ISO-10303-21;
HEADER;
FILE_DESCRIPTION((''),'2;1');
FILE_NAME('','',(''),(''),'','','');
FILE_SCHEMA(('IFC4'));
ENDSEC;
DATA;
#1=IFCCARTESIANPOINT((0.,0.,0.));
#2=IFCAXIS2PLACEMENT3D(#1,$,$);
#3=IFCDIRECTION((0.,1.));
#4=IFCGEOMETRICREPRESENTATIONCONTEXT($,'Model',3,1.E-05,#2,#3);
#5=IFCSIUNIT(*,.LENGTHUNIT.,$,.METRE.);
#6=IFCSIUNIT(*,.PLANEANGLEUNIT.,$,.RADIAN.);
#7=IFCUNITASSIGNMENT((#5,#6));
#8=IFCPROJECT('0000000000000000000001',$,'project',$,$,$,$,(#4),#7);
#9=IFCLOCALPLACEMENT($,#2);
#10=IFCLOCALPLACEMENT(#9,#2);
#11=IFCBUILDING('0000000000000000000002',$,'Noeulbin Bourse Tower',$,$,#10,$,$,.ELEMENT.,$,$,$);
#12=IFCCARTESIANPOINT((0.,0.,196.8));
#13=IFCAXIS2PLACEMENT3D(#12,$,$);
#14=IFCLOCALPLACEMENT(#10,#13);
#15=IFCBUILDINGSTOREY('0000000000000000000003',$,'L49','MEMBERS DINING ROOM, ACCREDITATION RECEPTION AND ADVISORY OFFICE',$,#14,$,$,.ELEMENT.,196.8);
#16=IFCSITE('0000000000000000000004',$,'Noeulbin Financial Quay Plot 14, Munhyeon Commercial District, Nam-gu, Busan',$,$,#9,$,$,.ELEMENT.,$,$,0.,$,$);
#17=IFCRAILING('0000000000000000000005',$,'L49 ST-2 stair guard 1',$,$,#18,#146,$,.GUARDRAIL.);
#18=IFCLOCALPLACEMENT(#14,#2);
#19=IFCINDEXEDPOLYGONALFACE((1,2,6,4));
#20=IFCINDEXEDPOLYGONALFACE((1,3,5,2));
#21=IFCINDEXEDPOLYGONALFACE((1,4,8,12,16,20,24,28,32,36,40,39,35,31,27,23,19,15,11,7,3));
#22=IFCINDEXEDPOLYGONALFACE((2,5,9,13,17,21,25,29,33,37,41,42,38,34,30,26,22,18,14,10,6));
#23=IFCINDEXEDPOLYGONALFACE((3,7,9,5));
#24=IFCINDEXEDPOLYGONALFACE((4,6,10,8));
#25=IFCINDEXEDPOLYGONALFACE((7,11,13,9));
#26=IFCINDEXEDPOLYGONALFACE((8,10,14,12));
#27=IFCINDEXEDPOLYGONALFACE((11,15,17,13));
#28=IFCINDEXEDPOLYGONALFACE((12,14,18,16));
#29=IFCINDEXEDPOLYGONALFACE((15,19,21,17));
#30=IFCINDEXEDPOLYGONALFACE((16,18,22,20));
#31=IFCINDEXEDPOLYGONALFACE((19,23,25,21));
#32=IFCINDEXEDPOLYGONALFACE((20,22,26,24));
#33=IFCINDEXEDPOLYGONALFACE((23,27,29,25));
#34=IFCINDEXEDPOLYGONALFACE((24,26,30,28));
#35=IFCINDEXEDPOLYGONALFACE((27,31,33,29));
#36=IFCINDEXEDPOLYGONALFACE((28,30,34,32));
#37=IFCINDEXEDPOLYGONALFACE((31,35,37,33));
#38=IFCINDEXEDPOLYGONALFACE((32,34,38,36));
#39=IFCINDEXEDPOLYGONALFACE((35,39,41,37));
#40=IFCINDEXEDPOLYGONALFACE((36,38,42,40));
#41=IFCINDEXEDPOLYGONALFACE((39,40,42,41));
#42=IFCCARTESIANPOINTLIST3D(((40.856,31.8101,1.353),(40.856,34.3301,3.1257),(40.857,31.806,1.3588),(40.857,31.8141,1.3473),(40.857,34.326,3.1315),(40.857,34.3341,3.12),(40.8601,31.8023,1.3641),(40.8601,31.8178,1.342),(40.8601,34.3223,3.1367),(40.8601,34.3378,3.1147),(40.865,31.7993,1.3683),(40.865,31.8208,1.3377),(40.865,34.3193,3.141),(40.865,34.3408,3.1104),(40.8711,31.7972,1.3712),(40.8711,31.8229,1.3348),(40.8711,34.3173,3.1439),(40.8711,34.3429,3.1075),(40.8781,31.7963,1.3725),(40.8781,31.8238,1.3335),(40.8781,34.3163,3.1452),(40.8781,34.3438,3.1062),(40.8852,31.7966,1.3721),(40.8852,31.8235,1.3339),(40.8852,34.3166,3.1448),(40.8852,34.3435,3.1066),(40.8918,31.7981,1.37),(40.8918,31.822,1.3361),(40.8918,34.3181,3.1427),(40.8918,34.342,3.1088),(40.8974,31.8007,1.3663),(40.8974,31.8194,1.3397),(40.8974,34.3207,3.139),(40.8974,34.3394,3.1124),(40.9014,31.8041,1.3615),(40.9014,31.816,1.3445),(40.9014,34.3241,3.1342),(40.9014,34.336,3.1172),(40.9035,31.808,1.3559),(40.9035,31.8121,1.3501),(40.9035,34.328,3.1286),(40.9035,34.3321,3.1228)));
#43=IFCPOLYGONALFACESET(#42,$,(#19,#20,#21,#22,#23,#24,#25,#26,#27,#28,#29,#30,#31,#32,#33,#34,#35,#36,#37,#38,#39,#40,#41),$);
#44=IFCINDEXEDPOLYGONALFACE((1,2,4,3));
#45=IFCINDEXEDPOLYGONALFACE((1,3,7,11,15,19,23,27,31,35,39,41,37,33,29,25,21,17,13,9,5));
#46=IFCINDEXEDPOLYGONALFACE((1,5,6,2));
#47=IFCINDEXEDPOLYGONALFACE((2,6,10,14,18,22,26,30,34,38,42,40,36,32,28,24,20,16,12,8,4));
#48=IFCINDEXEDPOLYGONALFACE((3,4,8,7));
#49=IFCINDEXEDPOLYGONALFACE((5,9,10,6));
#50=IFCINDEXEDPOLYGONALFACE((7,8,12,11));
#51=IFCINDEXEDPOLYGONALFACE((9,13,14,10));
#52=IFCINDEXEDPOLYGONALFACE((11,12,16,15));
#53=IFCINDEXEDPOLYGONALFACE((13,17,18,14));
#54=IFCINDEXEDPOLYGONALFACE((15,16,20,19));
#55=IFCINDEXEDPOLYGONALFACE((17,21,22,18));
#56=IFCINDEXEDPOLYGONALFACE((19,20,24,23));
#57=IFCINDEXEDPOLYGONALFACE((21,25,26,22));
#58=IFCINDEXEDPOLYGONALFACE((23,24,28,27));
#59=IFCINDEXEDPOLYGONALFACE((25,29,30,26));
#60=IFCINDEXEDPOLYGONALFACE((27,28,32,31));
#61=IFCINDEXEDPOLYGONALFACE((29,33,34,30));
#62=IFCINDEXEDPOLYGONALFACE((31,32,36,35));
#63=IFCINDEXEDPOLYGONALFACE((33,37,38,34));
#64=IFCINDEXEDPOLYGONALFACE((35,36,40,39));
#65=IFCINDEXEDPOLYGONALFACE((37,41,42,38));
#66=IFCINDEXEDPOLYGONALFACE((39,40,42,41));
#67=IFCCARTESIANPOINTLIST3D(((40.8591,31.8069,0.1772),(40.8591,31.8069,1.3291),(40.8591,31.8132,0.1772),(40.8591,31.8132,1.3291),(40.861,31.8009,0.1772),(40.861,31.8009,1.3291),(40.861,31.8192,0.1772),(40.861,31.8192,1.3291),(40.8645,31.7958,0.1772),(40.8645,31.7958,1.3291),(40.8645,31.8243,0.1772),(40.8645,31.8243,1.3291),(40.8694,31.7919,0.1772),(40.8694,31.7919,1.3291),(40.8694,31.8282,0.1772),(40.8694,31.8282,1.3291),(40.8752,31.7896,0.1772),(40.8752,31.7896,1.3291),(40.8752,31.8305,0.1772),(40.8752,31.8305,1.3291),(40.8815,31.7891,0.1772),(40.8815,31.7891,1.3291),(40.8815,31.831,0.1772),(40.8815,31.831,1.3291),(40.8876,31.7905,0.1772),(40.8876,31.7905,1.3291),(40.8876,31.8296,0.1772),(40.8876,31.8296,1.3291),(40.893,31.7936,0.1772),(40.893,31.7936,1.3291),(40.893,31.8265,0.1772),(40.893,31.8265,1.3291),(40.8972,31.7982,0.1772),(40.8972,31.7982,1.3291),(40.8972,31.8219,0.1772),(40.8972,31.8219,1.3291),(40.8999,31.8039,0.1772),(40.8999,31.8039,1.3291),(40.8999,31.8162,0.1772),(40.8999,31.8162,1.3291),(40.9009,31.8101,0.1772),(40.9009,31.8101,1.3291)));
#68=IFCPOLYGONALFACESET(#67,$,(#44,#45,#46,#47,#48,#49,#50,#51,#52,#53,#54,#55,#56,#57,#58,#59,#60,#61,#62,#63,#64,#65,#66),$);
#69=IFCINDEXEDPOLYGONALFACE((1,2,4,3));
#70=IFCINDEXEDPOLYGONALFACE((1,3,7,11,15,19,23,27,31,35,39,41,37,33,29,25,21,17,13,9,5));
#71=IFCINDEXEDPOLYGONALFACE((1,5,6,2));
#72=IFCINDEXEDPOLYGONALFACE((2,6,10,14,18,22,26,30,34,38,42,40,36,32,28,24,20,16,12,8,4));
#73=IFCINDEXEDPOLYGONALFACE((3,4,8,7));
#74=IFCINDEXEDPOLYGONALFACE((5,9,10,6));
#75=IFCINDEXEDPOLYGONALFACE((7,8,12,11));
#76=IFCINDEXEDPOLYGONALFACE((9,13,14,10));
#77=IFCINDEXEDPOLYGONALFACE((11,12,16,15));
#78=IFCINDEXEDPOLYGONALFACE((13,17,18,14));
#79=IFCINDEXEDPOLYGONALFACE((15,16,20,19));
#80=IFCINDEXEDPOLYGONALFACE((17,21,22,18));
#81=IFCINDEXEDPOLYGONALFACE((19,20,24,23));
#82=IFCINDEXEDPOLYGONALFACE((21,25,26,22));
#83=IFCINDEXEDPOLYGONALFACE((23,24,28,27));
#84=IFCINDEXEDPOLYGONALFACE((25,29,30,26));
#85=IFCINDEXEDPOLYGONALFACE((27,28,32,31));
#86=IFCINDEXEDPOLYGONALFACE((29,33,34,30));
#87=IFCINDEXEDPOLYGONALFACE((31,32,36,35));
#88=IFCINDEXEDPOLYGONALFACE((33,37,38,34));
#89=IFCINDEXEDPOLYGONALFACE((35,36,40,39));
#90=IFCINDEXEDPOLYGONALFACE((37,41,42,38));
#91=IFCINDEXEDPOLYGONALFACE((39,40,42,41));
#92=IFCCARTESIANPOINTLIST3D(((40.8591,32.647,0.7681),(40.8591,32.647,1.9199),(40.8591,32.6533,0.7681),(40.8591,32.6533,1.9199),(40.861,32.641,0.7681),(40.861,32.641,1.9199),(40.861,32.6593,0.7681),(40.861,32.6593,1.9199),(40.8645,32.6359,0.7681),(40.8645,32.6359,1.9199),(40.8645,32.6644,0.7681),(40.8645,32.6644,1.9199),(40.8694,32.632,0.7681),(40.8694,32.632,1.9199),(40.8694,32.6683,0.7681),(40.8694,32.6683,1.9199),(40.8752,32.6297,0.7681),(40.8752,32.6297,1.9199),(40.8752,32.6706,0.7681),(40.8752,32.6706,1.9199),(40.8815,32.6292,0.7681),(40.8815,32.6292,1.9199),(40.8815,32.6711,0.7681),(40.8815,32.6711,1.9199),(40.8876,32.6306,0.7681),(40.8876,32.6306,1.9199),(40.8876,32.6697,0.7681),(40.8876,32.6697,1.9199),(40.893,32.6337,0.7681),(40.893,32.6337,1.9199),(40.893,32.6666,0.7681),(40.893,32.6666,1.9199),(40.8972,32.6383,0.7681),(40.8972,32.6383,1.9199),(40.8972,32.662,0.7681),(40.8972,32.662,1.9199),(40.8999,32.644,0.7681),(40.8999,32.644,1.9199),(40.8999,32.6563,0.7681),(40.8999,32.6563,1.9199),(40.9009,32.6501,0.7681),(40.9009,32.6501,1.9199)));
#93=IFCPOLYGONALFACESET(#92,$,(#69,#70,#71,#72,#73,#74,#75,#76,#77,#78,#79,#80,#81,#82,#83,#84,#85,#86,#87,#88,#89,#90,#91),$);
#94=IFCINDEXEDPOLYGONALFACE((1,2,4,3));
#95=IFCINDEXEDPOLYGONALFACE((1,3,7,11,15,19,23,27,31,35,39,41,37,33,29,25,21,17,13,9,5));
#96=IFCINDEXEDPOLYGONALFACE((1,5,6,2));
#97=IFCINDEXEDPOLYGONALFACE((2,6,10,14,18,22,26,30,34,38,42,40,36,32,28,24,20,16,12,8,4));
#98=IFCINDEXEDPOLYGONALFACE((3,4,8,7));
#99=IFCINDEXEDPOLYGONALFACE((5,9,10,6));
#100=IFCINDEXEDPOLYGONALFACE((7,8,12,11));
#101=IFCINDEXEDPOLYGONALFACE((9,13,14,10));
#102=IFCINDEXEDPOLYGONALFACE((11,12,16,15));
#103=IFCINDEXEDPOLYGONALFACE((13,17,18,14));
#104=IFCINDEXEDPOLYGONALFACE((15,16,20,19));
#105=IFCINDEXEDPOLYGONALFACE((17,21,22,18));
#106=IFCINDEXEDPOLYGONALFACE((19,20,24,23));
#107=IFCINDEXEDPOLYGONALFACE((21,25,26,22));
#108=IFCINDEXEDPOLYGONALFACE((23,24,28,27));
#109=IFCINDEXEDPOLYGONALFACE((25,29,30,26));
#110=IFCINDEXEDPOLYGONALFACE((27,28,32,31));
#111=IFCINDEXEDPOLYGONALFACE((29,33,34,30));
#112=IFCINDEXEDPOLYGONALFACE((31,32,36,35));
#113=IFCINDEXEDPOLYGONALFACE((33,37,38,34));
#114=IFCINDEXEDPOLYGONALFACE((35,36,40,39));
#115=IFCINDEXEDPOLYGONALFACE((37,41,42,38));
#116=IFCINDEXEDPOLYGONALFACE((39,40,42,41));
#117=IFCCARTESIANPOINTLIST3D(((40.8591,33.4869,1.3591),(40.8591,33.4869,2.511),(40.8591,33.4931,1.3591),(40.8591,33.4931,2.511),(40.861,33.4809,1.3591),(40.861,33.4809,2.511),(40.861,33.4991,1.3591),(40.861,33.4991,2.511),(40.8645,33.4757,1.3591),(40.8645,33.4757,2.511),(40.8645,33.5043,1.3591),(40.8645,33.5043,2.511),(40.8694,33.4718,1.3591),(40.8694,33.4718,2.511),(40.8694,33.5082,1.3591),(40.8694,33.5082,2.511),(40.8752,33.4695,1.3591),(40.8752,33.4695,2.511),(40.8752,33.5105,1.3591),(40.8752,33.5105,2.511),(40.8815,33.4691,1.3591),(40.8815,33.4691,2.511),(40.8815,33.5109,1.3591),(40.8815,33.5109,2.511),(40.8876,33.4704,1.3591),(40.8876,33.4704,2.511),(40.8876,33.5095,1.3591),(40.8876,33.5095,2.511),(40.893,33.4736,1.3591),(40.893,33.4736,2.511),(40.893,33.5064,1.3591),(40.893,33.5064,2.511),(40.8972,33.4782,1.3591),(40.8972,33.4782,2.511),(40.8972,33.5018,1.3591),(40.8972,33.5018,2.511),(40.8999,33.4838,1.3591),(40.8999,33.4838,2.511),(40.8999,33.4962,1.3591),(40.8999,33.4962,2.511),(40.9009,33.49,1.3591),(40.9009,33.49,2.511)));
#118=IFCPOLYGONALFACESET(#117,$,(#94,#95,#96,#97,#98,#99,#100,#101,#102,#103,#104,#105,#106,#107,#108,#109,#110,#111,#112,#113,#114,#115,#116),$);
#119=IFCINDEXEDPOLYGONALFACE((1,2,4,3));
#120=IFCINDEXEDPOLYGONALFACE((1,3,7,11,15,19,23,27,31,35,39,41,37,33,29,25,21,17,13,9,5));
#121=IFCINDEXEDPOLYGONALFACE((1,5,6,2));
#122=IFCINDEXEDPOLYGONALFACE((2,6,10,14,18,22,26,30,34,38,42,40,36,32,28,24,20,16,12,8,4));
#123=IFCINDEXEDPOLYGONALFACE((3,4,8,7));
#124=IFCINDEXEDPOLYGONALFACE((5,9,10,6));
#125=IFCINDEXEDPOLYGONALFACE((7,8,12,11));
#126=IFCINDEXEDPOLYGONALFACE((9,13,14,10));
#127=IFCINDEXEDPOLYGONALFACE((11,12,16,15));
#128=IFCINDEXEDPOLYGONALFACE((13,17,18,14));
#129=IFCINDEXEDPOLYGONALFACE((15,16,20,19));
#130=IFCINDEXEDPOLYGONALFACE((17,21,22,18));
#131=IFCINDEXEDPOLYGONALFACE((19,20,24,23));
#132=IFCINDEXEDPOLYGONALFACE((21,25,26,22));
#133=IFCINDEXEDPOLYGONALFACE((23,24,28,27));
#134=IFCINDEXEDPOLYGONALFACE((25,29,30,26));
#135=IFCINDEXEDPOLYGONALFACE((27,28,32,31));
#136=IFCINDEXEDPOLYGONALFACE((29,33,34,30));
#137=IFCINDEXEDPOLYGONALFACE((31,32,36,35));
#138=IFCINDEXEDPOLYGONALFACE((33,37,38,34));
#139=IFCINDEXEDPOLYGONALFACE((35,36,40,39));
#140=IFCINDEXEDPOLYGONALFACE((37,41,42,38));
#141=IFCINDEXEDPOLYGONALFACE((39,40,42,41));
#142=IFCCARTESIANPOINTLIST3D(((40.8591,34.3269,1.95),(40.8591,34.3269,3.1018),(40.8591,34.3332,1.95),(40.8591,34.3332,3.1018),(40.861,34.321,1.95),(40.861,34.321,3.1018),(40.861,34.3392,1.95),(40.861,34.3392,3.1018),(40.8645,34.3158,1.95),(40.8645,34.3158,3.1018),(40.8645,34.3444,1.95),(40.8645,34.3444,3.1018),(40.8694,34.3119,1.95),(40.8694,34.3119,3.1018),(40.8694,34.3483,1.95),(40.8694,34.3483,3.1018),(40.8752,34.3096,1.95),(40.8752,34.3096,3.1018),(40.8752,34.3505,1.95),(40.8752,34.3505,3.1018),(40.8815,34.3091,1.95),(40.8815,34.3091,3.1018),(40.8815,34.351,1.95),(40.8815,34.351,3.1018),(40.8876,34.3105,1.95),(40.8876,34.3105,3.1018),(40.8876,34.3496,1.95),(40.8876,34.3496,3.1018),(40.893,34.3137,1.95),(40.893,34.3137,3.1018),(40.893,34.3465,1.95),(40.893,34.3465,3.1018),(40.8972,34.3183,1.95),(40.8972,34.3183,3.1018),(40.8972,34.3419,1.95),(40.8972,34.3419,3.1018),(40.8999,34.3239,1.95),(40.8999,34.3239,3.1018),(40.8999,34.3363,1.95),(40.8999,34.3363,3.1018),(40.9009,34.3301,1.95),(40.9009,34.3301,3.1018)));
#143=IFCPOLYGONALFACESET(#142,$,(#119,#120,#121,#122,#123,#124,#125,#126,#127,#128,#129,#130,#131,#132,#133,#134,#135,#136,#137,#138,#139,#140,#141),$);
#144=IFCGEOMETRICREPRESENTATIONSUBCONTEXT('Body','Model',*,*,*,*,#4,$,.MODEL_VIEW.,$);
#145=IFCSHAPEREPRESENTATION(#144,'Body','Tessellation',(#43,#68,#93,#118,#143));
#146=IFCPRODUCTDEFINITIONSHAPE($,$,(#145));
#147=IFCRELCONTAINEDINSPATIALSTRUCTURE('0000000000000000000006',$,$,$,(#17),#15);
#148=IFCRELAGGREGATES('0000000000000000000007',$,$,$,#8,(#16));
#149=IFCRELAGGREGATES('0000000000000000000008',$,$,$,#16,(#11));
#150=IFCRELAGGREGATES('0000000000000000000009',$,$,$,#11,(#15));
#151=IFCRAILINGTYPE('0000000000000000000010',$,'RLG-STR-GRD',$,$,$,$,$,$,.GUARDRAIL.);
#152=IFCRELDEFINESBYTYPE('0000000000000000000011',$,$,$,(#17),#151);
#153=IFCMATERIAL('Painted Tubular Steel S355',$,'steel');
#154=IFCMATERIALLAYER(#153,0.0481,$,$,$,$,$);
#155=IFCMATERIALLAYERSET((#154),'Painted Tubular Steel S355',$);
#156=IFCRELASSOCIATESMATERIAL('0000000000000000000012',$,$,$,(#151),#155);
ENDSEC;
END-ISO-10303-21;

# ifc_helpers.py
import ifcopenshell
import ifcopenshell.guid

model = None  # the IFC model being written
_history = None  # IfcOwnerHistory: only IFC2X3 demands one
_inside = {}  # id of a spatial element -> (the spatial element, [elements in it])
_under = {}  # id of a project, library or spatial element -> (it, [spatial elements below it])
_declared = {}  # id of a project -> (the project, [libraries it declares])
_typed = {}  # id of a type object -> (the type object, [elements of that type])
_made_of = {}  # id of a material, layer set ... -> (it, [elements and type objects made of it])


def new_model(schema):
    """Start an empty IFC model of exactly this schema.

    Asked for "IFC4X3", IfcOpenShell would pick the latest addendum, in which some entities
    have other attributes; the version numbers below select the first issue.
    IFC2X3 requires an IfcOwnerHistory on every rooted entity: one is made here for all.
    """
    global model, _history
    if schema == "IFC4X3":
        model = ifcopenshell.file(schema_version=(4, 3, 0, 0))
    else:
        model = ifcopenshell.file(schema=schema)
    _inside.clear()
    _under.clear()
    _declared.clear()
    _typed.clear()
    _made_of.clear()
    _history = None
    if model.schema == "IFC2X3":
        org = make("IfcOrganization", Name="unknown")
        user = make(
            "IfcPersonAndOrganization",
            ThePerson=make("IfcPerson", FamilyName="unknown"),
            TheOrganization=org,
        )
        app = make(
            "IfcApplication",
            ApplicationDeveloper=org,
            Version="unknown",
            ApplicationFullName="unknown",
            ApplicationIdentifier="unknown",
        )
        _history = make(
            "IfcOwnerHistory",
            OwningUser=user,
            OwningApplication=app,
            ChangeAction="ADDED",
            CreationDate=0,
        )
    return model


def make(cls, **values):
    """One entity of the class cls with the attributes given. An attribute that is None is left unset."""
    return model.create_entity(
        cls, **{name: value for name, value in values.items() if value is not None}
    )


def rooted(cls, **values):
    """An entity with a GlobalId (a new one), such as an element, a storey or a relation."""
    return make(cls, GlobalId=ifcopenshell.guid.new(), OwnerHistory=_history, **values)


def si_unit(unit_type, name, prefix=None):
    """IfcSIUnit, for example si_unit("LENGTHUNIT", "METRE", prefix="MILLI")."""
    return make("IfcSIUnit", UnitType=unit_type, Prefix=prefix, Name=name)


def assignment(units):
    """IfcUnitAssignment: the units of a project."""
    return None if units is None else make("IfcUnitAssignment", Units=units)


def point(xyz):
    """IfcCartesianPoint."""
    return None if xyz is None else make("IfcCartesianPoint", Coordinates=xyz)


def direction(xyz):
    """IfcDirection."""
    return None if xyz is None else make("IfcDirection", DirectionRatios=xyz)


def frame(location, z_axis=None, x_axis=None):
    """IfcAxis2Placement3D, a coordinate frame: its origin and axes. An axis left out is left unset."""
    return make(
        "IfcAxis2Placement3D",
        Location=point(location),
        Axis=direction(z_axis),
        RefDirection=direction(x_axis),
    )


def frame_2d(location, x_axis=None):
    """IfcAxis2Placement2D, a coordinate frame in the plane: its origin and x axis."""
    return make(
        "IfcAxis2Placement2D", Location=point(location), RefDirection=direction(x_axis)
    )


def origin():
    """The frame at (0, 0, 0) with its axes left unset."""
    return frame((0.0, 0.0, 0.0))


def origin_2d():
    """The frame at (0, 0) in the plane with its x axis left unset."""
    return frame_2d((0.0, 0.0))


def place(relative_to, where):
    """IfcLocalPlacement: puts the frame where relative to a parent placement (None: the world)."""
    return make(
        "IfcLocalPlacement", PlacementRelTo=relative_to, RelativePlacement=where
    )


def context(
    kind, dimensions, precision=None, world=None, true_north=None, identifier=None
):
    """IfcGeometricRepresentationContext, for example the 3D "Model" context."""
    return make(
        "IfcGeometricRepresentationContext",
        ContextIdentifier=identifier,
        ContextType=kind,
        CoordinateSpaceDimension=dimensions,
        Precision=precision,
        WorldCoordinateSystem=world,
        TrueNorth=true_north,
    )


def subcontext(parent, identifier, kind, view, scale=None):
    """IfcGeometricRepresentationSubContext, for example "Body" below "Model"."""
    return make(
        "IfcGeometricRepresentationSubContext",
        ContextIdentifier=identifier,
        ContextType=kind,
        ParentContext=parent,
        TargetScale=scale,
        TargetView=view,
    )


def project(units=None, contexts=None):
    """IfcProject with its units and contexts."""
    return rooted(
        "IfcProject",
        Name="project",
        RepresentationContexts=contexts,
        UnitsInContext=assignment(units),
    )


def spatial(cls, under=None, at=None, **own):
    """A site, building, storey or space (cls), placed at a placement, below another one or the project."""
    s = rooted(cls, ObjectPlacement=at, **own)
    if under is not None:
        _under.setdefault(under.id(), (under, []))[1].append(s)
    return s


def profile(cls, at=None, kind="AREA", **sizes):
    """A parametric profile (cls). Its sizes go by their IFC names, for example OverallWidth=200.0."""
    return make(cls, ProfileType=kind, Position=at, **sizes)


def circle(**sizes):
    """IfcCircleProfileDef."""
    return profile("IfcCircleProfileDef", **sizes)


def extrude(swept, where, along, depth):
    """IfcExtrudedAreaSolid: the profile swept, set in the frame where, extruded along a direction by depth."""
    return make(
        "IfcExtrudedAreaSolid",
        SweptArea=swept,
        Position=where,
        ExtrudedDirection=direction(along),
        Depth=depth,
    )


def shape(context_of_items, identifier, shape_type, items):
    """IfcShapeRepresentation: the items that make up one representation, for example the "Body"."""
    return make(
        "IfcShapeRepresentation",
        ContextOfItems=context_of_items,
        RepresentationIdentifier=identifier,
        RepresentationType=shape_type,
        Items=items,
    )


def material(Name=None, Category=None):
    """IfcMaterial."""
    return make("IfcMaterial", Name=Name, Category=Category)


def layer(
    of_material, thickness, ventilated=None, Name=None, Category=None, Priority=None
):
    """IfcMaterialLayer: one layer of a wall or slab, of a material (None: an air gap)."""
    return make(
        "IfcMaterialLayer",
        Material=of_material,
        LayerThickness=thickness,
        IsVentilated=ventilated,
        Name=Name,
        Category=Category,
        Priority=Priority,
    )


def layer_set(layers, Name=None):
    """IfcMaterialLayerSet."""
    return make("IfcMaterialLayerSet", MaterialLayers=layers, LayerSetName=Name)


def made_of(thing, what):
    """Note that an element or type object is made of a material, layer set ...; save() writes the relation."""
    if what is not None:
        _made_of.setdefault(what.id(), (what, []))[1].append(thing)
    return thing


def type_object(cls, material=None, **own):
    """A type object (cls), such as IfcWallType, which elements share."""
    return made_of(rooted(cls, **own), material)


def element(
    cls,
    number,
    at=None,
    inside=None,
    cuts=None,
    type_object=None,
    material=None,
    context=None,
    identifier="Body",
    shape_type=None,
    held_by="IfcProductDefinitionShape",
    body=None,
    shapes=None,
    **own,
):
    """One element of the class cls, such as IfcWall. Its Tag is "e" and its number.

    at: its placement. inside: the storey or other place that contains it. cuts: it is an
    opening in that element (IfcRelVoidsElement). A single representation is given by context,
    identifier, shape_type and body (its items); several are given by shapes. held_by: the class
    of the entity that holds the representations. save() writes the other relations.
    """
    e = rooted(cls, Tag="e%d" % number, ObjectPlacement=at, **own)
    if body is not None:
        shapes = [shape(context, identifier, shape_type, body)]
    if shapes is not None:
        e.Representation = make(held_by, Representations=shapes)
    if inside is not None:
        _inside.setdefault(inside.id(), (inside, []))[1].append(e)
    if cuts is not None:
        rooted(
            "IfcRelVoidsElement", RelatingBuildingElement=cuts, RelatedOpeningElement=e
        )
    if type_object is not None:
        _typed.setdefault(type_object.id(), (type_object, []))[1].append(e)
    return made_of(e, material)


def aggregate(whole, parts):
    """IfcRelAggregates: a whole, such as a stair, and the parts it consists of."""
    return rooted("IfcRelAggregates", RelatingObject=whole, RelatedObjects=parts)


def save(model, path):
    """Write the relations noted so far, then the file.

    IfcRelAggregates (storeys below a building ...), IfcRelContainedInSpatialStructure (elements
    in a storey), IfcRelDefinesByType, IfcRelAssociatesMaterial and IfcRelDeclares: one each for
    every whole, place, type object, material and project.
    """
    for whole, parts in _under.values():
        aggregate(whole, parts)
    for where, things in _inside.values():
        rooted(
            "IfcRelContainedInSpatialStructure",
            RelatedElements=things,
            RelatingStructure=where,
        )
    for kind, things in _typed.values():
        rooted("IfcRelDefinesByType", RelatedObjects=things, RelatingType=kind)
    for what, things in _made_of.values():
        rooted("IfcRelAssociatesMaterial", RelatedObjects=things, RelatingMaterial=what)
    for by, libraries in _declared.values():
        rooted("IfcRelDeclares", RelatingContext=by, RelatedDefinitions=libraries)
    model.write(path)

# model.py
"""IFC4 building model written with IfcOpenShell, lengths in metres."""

from ifc_helpers import new_model, si_unit, direction, frame, origin, origin_2d, place, context, subcontext, project, spatial, circle, extrude, material, layer, layer_set, type_object, element, save


model = new_model("IFC4")

# Units and contexts
model_context = context("Model", 3, precision=1e-05, world=origin(), true_north=direction((0.0, 1.0)))
body_context = subcontext(model_context, "Body", "Model", "MODEL_VIEW")
ifc_project = project(units=[si_unit("LENGTHUNIT", "METRE"), si_unit("PLANEANGLEUNIT", "RADIAN")], contexts=[model_context])

# Site, building, storey
site_placement = place(None, origin())
site = spatial("IfcSite", under=ifc_project, at=site_placement, Name="Noeulbin Financial Quay Plot 14, Munhyeon Commercial District, Nam-gu, Busan", CompositionType="ELEMENT", RefElevation=0.0)
building_placement = place(site_placement, origin())
building = spatial("IfcBuilding", under=site, at=building_placement, Name="Noeulbin Bourse Tower", CompositionType="ELEMENT")
storey_placement = place(building_placement, frame((0.0, 0.0, 196.8)))
storey = spatial("IfcBuildingStorey", under=building, at=storey_placement, Name="L49", Description="MEMBERS DINING ROOM, ACCREDITATION RECEPTION AND ADVISORY OFFICE", CompositionType="ELEMENT", Elevation=196.8)

# Railing
ifc_material_1 = material(Name="Painted Tubular Steel S355", Category="steel")
ifc_layer_1 = layer(ifc_material_1, 0.0481)
ifc_layer_set_1 = layer_set([ifc_layer_1], Name="Painted Tubular Steel S355")
railing_type_1 = type_object("IfcRailingType", Name="RLG-STR-GRD", PredefinedType="GUARDRAIL", material=ifc_layer_set_1)
railing_1_placement = place(storey_placement, frame((40.8799, 31.8101, 0.1772)))
element("IfcRailing", 1, at=railing_1_placement, inside=storey, type_object=railing_type_1, Name="L49 ST-2 stair guard 1", PredefinedType="GUARDRAIL", context=body_context, shape_type="SweptSolid", body=[
    extrude(circle(Radius=0.0239, at=origin_2d()), frame((0.0, 0.0, 1.1758), z_axis=(0.0, 0.817904, 0.575354), x_axis=(-1.0, 0.0, 0.0)), (0.0, 0.0, 1.0), 3.0811),
    extrude(circle(Radius=0.021, at=origin_2d()), origin(), (0.0, 0.0, 1.0), 1.1519),
    extrude(circle(Radius=0.021, at=origin_2d()), frame((0.0, 0.8401, 0.5908)), (0.0, 0.0, 1.0), 1.1519),
    extrude(circle(Radius=0.021, at=origin_2d()), frame((0.0, 1.6799, 1.1819)), (0.0, 0.0, 1.0), 1.1519),
    extrude(circle(Radius=0.021, at=origin_2d()), frame((0.0, 2.52, 1.7727)), (0.0, 0.0, 1.0), 1.1519),
])

save(model, "model.ifc")
